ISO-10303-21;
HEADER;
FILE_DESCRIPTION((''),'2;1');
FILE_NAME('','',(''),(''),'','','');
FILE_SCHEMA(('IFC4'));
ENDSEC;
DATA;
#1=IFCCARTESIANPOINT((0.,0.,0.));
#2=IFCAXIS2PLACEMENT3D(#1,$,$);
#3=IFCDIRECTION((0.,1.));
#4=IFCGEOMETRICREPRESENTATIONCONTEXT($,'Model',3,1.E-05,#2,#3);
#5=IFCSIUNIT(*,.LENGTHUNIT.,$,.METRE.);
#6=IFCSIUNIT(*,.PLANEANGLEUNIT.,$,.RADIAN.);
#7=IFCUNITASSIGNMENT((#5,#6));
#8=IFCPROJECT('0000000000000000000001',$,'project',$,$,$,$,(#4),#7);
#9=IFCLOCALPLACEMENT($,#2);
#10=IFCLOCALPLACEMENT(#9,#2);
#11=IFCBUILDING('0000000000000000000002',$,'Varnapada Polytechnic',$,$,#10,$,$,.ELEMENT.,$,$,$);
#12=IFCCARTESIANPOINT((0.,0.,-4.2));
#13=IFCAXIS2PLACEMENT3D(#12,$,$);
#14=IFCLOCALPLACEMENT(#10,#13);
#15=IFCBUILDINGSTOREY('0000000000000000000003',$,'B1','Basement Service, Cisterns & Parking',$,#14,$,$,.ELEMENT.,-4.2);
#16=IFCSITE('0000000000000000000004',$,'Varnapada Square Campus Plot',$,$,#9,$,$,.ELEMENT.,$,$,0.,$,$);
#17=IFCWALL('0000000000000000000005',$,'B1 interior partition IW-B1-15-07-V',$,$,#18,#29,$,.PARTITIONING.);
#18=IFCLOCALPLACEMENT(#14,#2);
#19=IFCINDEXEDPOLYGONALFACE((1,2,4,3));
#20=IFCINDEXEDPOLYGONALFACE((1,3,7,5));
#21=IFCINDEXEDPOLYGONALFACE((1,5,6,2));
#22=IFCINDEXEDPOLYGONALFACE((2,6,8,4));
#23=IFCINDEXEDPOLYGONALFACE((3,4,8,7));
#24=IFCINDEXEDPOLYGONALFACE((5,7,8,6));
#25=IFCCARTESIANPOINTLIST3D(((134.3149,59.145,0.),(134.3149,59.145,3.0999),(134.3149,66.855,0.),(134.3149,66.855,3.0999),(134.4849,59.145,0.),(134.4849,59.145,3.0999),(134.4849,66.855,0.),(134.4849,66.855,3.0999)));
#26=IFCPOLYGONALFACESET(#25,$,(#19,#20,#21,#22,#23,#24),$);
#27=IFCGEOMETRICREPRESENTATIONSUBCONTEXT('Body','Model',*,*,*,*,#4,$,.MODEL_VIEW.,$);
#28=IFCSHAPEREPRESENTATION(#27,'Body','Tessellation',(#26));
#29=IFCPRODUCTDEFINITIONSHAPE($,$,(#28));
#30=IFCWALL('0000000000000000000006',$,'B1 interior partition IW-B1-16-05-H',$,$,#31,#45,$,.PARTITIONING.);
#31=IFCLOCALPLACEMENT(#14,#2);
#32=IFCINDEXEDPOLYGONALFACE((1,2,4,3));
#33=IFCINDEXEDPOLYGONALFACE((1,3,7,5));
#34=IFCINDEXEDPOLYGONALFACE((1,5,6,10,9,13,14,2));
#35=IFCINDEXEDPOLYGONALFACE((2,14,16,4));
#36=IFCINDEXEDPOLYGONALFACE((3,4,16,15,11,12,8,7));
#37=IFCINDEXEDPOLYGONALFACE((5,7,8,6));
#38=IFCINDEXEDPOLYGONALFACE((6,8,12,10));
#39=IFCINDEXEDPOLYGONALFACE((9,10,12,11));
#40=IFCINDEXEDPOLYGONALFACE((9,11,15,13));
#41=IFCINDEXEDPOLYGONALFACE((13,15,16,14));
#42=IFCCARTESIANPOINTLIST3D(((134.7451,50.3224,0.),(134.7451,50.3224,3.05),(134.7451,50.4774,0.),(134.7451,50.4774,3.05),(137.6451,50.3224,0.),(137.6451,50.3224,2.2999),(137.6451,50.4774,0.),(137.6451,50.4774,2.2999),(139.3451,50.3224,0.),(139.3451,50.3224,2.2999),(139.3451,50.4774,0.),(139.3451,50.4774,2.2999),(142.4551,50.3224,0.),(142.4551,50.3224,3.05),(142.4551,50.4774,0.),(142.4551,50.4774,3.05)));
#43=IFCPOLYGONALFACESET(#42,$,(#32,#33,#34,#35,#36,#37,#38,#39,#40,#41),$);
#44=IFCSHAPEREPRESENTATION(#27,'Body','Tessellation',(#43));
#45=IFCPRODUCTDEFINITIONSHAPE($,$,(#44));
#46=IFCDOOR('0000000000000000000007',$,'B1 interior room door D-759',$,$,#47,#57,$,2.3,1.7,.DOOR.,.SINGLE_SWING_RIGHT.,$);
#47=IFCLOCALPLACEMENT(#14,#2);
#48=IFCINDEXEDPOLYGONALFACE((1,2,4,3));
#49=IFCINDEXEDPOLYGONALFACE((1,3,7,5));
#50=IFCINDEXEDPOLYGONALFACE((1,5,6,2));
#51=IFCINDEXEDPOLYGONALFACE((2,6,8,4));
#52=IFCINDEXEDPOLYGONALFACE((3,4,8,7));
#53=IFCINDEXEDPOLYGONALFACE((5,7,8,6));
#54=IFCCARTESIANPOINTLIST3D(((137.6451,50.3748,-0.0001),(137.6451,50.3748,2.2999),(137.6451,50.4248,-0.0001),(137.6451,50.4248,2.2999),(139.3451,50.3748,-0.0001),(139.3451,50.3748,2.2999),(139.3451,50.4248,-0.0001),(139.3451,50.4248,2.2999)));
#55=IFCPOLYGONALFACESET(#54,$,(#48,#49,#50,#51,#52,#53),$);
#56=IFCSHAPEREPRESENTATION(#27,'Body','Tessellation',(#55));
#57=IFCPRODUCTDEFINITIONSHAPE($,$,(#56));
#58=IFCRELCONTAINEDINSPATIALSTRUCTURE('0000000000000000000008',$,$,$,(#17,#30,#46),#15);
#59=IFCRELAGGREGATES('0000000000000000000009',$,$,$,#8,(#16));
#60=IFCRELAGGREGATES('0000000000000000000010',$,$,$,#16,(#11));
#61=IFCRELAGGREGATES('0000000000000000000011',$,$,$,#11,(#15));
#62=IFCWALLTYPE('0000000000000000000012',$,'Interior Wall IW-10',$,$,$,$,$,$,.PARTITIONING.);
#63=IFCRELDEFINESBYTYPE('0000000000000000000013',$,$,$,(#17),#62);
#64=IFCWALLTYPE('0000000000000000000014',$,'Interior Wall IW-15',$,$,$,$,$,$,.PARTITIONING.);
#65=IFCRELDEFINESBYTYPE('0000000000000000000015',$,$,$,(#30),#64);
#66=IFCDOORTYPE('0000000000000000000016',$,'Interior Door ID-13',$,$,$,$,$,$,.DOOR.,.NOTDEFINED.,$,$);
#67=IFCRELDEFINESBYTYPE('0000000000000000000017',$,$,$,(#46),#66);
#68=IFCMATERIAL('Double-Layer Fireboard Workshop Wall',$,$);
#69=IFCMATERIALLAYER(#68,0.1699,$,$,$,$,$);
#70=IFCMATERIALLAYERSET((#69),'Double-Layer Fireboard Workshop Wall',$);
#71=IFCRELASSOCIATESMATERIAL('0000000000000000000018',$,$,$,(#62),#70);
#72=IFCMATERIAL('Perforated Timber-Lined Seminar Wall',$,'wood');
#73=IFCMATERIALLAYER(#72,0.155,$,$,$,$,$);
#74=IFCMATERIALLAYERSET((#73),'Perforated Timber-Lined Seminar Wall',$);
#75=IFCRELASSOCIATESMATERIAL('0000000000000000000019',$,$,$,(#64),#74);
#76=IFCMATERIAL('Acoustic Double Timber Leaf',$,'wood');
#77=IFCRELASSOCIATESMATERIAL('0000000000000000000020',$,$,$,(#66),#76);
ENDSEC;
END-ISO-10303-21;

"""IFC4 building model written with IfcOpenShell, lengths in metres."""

from ifc_helpers import new_model, si_unit, direction, frame, frame_2d, origin, place, context, subcontext, project, spatial, rectangle, extrude, material, layer, layer_set, type_object, element, fill, save


model = new_model("IFC4")

# Units and contexts
model_context = context("Model", 3, precision=1e-05, world=origin(), true_north=direction((0.0, 1.0)))
body_context = subcontext(model_context, "Body", "Model", "MODEL_VIEW")
ifc_project = project(units=[si_unit("LENGTHUNIT", "METRE"), si_unit("PLANEANGLEUNIT", "RADIAN")], contexts=[model_context])

# Site, building, storey
site_placement = place(None, origin())
site = spatial("IfcSite", under=ifc_project, at=site_placement, Name="Varnapada Square Campus Plot", CompositionType="ELEMENT", RefElevation=0.0)
building_placement = place(site_placement, origin())
building = spatial("IfcBuilding", under=site, at=building_placement, Name="Varnapada Polytechnic", CompositionType="ELEMENT")
storey_placement = place(building_placement, frame((0.0, 0.0, -4.2)))
storey = spatial("IfcBuildingStorey", under=building, at=storey_placement, Name="B1", Description="Basement Service, Cisterns & Parking", CompositionType="ELEMENT", Elevation=-4.2)

# Wall
ifc_material_1 = material(Name="Double-Layer Fireboard Workshop Wall")
ifc_layer_1 = layer(ifc_material_1, 0.1699)
ifc_layer_set_1 = layer_set([ifc_layer_1], Name="Double-Layer Fireboard Workshop Wall")
wall_type_1 = type_object("IfcWallType", Name="Interior Wall IW-10", PredefinedType="PARTITIONING", material=ifc_layer_set_1)
wall_1_placement = place(storey_placement, frame((134.3999, 59.145, 0.0), z_axis=(0.0, 0.0, 1.0), x_axis=(0.0, 1.0, 0.0)))
element("IfcWall", 1, at=wall_1_placement, inside=storey, type_object=wall_type_1, Name="B1 interior partition IW-B1-15-07-V", PredefinedType="PARTITIONING", context=body_context, shape_type="SweptSolid", body=[
    extrude(rectangle(XDim=7.71, YDim=0.1699, at=frame_2d((3.855, 0.0))), origin(), (0.0, 0.0, 1.0), 3.0999),
])

# Wall, opening, door
ifc_material_2 = material(Name="Perforated Timber-Lined Seminar Wall", Category="wood")
ifc_layer_2 = layer(ifc_material_2, 0.155)
ifc_layer_set_2 = layer_set([ifc_layer_2], Name="Perforated Timber-Lined Seminar Wall")
wall_type_2 = type_object("IfcWallType", Name="Interior Wall IW-15", PredefinedType="PARTITIONING", material=ifc_layer_set_2)
wall_2_placement = place(storey_placement, frame((134.7451, 50.3999, 0.0), z_axis=(0.0, 0.0, 1.0), x_axis=(1.0, 0.0, 0.0)))
wall_2 = element("IfcWall", 2, at=wall_2_placement, inside=storey, type_object=wall_type_2, Name="B1 interior partition IW-B1-16-05-H", PredefinedType="PARTITIONING", context=body_context, shape_type="SweptSolid", body=[
    extrude(rectangle(XDim=7.71, YDim=0.155, at=frame_2d((3.855, 0.0))), origin(), (0.0, 0.0, 1.0), 3.05),
])
opening_1_placement = place(wall_2_placement, frame((2.8999, 0.0, 0.0)))
opening_1 = element("IfcOpeningElement", 3, at=opening_1_placement, cuts=wall_2, PredefinedType="OPENING", context=body_context, shape_type="SweptSolid", body=[
    extrude(rectangle(XDim=1.7, YDim=2.3, at=frame_2d((0.8501, 1.1499))), frame((0.0, 0.0874, 0.0), z_axis=(0.0, -1.0, 0.0), x_axis=(1.0, 0.0, 0.0)), (0.0, 0.0, 1.0), 0.175),
])
ifc_material_3 = material(Name="Acoustic Double Timber Leaf", Category="wood")
door_type_1 = type_object("IfcDoorType", Name="Interior Door ID-13", OperationType="NOTDEFINED", PredefinedType="DOOR", material=ifc_material_3)
door_1_placement = place(opening_1_placement, origin())
door_1 = element("IfcDoor", 4, at=door_1_placement, inside=storey, type_object=door_type_1, Name="B1 interior room door D-759", OperationType="SINGLE_SWING_RIGHT", OverallHeight=2.3, OverallWidth=1.7, PredefinedType="DOOR", context=body_context, shape_type="SweptSolid", body=[
    extrude(rectangle(XDim=1.7, YDim=2.3, at=frame_2d((0.8501, 1.1499))), frame((0.0, 0.0249, 0.0), z_axis=(0.0, -1.0, 0.0), x_axis=(1.0, 0.0, 0.0)), (0.0, 0.0, 1.0), 0.05),
])
fill(opening_1, door_1)

save(model, "model.ifc")
